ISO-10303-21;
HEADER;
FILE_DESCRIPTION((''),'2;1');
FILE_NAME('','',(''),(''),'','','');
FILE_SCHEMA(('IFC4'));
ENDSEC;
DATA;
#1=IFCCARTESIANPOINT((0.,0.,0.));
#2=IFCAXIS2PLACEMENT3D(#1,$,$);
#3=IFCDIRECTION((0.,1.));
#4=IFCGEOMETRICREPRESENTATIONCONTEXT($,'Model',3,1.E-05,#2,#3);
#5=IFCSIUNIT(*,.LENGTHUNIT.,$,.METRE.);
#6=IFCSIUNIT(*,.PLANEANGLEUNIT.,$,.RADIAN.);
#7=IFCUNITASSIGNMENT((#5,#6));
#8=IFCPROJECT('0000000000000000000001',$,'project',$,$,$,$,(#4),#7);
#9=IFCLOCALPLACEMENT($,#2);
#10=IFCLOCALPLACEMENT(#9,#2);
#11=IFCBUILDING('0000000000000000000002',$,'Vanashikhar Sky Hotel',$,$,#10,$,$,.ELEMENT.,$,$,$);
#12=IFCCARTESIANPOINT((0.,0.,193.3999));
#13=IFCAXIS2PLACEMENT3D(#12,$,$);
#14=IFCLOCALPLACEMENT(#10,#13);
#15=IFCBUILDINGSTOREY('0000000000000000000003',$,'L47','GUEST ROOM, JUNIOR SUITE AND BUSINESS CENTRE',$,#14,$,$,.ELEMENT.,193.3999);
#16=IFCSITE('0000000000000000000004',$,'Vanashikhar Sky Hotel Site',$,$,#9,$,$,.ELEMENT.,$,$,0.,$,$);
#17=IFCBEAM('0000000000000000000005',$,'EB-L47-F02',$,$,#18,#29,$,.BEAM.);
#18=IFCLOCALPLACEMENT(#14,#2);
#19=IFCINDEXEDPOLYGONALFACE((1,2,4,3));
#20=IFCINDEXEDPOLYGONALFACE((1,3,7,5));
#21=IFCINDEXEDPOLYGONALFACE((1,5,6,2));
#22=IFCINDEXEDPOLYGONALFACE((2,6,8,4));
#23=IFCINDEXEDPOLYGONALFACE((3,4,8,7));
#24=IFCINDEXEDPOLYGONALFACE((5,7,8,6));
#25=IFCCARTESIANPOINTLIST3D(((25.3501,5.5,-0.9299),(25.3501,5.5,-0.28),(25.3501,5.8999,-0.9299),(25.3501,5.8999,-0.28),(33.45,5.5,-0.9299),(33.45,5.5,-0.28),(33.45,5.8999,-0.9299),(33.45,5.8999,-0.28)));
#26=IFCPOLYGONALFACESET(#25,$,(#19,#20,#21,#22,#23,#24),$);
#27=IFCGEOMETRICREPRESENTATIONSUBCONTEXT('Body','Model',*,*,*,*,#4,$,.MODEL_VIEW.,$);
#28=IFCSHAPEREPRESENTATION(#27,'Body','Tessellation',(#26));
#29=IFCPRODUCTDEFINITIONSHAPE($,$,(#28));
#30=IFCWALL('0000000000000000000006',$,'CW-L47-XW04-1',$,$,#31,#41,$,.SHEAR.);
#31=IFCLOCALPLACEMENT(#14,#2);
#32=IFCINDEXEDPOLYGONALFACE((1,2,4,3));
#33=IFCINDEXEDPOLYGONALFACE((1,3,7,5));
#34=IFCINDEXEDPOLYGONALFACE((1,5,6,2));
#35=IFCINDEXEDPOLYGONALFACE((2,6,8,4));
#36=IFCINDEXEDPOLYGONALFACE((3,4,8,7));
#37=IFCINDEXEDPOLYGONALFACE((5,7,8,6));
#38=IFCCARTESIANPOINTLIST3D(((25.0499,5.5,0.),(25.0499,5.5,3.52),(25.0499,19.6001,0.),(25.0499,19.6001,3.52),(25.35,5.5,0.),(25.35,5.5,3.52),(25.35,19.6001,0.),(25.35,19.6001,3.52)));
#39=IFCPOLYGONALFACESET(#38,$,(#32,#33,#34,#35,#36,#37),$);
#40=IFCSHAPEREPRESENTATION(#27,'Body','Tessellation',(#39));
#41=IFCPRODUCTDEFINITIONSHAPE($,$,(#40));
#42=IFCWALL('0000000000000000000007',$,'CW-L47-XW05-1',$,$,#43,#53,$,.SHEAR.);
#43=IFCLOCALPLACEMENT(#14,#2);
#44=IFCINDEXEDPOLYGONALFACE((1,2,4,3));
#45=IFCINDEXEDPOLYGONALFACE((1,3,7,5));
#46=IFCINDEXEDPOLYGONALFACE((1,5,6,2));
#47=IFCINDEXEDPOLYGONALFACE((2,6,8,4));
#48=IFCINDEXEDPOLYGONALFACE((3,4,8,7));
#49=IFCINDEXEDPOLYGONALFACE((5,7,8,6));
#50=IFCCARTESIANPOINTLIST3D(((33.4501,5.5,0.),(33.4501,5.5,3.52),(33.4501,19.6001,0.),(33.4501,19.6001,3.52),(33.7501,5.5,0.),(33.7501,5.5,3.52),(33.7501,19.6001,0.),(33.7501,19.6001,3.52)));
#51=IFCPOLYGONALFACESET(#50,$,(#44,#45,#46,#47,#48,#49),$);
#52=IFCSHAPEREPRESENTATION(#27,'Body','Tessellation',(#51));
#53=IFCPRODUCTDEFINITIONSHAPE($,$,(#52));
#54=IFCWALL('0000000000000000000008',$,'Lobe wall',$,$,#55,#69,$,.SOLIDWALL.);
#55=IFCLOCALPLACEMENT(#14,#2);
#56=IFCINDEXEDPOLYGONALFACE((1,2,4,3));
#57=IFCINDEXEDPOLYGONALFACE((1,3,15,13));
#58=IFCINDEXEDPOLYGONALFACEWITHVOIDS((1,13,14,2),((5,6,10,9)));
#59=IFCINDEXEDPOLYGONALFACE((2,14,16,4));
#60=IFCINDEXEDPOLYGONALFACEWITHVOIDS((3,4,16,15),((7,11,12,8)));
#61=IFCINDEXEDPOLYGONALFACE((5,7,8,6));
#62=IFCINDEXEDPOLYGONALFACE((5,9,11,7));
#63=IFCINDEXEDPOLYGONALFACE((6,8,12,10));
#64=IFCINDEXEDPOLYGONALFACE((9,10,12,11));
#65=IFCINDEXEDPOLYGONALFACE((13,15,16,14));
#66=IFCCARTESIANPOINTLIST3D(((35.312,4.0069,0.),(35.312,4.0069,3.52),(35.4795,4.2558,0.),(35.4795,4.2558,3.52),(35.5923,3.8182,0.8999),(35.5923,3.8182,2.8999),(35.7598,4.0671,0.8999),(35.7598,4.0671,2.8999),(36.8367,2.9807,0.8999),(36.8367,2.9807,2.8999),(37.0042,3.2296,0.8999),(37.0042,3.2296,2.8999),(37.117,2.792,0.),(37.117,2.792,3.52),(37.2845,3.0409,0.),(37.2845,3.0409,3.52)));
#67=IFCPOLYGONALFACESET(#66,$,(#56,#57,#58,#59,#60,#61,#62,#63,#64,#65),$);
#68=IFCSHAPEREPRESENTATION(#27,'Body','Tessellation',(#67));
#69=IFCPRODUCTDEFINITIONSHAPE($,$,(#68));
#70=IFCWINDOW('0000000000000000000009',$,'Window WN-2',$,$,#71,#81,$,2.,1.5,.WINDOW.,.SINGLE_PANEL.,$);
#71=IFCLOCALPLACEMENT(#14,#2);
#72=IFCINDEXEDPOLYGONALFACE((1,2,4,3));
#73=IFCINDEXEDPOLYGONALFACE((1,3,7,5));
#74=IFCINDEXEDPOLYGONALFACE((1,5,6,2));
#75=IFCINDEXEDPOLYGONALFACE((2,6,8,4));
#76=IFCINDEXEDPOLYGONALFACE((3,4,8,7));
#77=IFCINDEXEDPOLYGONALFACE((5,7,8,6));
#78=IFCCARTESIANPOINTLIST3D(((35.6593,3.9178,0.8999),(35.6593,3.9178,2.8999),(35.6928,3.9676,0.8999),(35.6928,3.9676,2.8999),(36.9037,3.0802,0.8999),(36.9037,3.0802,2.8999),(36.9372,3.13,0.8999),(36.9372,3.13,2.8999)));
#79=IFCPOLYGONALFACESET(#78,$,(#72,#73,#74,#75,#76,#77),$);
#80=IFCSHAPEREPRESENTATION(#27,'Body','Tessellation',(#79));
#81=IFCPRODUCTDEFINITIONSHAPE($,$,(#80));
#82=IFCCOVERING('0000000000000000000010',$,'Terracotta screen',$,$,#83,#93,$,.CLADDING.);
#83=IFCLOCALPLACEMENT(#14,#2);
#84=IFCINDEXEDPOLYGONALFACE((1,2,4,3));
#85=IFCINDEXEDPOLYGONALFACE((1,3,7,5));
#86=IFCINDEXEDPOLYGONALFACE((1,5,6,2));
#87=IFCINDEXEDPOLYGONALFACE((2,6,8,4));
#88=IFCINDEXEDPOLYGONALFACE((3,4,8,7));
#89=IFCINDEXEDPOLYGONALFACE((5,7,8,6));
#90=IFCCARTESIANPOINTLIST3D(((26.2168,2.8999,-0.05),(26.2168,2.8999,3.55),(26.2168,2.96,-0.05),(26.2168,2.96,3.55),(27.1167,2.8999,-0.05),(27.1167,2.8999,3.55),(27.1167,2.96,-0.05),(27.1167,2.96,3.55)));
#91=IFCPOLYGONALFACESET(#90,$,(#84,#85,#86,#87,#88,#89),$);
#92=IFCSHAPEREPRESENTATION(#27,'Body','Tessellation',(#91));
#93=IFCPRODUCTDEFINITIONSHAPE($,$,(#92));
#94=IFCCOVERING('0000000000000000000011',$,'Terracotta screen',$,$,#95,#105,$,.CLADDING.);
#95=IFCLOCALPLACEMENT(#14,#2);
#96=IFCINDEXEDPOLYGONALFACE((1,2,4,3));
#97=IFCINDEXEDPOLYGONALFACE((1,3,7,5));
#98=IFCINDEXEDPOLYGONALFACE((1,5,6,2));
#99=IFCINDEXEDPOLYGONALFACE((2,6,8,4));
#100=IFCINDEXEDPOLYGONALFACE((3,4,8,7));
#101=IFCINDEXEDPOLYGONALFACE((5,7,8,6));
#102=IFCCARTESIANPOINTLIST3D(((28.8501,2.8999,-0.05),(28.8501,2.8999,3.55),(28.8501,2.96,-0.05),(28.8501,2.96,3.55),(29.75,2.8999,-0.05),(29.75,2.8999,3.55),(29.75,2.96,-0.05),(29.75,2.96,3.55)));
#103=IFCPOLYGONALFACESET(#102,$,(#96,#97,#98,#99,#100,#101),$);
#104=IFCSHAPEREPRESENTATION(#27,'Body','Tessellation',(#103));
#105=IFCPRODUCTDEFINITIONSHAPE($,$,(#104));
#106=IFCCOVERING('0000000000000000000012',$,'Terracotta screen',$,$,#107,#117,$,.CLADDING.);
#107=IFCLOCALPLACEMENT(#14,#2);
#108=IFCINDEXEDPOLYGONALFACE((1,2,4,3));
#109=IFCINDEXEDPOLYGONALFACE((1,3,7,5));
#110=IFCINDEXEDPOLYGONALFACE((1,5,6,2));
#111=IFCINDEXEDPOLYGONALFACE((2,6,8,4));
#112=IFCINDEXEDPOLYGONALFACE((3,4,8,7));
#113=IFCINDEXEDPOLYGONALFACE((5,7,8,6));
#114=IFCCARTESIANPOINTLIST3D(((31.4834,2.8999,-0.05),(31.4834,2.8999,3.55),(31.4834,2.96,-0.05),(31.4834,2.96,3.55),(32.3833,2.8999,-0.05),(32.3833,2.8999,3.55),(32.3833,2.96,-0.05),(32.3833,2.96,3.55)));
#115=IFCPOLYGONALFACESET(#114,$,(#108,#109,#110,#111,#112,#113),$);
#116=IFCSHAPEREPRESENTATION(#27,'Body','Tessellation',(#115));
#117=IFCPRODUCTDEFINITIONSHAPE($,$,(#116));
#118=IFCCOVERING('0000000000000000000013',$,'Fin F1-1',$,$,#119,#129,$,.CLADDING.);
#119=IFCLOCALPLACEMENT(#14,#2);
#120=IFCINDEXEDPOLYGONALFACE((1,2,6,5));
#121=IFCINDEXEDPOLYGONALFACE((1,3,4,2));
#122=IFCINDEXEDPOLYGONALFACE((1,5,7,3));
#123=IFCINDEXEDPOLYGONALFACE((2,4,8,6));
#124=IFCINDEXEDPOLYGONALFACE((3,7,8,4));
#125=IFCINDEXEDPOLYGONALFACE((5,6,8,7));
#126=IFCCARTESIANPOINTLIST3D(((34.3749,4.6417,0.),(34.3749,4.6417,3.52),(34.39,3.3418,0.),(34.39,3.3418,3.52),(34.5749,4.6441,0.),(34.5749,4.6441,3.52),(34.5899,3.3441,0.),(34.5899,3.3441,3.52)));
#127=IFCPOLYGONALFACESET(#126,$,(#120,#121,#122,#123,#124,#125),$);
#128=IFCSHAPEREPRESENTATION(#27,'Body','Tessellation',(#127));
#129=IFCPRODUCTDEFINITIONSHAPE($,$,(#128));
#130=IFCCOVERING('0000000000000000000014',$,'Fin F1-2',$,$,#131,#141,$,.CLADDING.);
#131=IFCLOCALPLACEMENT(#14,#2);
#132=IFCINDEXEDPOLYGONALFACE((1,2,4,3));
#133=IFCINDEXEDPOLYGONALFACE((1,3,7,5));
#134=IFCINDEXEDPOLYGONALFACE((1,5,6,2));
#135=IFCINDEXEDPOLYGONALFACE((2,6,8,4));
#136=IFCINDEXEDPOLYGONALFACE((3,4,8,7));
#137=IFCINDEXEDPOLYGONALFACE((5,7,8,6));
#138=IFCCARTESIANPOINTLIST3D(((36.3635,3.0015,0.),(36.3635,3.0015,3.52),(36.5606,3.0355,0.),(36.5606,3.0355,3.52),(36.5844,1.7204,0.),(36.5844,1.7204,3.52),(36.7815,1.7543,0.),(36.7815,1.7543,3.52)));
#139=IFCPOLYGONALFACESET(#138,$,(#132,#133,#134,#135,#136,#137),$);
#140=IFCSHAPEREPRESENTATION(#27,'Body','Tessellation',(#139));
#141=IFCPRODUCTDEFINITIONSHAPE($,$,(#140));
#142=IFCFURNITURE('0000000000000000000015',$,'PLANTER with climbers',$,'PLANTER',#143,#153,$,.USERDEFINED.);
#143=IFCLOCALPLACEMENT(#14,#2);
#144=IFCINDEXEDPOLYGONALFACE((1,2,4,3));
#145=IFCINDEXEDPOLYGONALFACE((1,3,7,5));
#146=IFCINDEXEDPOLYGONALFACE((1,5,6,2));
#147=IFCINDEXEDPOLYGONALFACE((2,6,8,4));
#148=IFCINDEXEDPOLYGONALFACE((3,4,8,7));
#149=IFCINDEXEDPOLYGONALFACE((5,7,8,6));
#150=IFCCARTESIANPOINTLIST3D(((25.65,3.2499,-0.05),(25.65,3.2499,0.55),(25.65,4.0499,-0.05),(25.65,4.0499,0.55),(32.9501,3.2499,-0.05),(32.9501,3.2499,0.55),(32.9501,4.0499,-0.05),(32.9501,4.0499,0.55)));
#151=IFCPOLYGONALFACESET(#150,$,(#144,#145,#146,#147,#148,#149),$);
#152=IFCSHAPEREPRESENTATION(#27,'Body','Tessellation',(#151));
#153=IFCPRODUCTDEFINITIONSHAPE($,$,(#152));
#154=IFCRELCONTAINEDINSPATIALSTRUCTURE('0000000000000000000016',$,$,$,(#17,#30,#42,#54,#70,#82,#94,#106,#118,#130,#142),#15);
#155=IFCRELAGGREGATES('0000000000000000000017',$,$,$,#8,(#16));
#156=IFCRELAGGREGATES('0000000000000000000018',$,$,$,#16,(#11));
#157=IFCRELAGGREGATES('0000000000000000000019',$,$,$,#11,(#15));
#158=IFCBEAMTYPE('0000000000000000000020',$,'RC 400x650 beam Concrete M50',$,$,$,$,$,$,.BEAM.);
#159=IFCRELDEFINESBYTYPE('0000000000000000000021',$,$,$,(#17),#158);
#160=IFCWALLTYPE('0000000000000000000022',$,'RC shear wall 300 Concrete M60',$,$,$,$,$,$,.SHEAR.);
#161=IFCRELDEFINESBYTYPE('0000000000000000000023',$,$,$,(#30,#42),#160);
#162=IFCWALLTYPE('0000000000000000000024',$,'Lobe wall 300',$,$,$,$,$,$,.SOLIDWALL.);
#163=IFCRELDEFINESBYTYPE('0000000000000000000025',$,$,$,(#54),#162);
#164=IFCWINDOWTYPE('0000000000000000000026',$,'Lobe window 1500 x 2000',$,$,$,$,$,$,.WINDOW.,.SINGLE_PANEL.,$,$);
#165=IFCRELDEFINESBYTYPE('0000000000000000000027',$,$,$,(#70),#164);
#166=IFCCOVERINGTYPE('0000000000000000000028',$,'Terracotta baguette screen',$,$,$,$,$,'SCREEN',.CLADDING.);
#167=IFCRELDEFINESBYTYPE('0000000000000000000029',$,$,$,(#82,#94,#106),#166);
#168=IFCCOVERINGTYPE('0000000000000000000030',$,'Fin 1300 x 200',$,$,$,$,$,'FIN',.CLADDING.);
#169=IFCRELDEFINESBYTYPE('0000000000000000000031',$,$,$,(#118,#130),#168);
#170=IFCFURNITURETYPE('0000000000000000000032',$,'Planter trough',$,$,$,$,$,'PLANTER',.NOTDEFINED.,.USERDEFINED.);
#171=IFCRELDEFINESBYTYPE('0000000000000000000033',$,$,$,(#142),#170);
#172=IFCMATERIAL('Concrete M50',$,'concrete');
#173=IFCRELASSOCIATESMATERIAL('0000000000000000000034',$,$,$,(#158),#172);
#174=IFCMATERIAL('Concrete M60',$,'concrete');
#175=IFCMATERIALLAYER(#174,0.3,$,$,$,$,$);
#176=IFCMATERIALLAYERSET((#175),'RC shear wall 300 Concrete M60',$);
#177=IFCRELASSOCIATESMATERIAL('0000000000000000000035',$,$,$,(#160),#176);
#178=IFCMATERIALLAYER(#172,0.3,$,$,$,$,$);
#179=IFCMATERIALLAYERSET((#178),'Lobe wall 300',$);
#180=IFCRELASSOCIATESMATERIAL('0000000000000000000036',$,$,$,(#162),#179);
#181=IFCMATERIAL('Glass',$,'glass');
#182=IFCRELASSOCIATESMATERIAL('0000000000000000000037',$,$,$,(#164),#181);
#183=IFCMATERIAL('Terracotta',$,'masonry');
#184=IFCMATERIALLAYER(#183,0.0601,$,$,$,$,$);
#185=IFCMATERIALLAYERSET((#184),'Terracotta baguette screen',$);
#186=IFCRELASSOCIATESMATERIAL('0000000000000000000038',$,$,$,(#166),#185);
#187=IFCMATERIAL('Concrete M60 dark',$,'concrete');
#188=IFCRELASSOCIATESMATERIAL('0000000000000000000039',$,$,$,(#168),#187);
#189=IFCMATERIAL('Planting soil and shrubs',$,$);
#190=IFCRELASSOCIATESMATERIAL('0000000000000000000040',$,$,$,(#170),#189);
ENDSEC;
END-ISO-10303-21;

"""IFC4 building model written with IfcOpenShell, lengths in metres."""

from ifc_helpers import new_model, si_unit, direction, frame, frame_2d, origin, origin_2d, place, context, subcontext, project, spatial, rectangle, extrude, source, transform, mapped, material, layer, layer_set, material_profile, profile_set, type_object, element, fill, save


model = new_model("IFC4")

# Units and contexts
model_context = context("Model", 3, precision=1e-05, world=origin(), true_north=direction((0.0, 1.0)))
body_context = subcontext(model_context, "Body", "Model", "MODEL_VIEW")
ifc_project = project(units=[si_unit("LENGTHUNIT", "METRE"), si_unit("PLANEANGLEUNIT", "RADIAN")], contexts=[model_context])

# Site, building, storey
site_placement = place(None, origin())
site = spatial("IfcSite", under=ifc_project, at=site_placement, Name="Vanashikhar Sky Hotel Site", CompositionType="ELEMENT", RefElevation=0.0)
building_placement = place(site_placement, origin())
building = spatial("IfcBuilding", under=site, at=building_placement, Name="Vanashikhar Sky Hotel", CompositionType="ELEMENT")
storey_placement = place(building_placement, frame((0.0, 0.0, 193.3999)))
storey = spatial("IfcBuildingStorey", under=building, at=storey_placement, Name="L47", Description="GUEST ROOM, JUNIOR SUITE AND BUSINESS CENTRE", CompositionType="ELEMENT", Elevation=193.3999)

# Beam
ifc_material_1 = material(Name="Concrete M50", Category="concrete")
ifc_material_profile_1 = material_profile(ifc_material_1, rectangle(XDim=0.3999, YDim=0.6499, at=origin_2d()))
ifc_profile_set_1 = profile_set([ifc_material_profile_1], Name="RC 400x650 beam Concrete M50")
beam_type = type_object("IfcBeamType", Name="RC 400x650 beam Concrete M50", PredefinedType="BEAM", material=ifc_profile_set_1)
shared_shape_1 = source(origin(), body_context, "Body", "SweptSolid", [
    extrude(rectangle(XDim=0.3999, YDim=0.6499, at=origin_2d()), origin(), (0.0, 0.0, 1.0), 8.0999),
])
beam_placement = place(storey_placement, frame((25.3501, 5.7, -0.605), z_axis=(1.0, 0.0, 0.0), x_axis=(0.0, 1.0, 0.0)))
element("IfcBeam", 1, at=beam_placement, inside=storey, type_object=beam_type, Name="EB-L47-F02", PredefinedType="BEAM", context=body_context, shape_type="MappedRepresentation", body=[
    mapped(shared_shape_1, transform((0.0, 0.0, 0.0), scale=1.0)),
])

# Walls
ifc_material_2 = material(Name="Concrete M60", Category="concrete")
ifc_layer_1 = layer(ifc_material_2, 0.3)
ifc_layer_set_1 = layer_set([ifc_layer_1], Name="RC shear wall 300 Concrete M60")
wall_type_1 = type_object("IfcWallType", Name="RC shear wall 300 Concrete M60", PredefinedType="SHEAR", material=ifc_layer_set_1)
shared_shape_2 = source(origin(), body_context, "Body", "SweptSolid", [
    extrude(rectangle(XDim=14.1001, YDim=0.3, at=frame_2d((7.05, 0.0))), origin(), (0.0, 0.0, 1.0), 3.52),
])
for number, where, z_axis, x_axis, name in (
    (2, (25.2, 5.5, 0.0), (0.0, 0.0, 1.0), (0.0, 1.0, 0.0), "CW-L47-XW04-1"),
    (3, (33.6001, 5.5, 0.0), (0.0, 0.0, 1.0), (0.0, 1.0, 0.0), "CW-L47-XW05-1"),
):
    element("IfcWall", number, at=place(storey_placement, frame(where, z_axis=z_axis, x_axis=x_axis)), inside=storey, type_object=wall_type_1, Name=name, PredefinedType="SHEAR", context=body_context, shape_type="MappedRepresentation", body=[
        mapped(shared_shape_2, transform((0.0, 0.0, 0.0), scale=1.0)),
    ])

# Wall, opening, window
ifc_layer_2 = layer(ifc_material_1, 0.3)
ifc_layer_set_2 = layer_set([ifc_layer_2], Name="Lobe wall 300")
wall_type_2 = type_object("IfcWallType", Name="Lobe wall 300", PredefinedType="SOLIDWALL", material=ifc_layer_set_2)
shared_shape_3 = source(origin(), body_context, "Body", "SweptSolid", [
    extrude(rectangle(XDim=2.1758, YDim=0.3, at=frame_2d((1.0879, 0.0))), origin(), (0.0, 0.0, 1.0), 3.52),
])
wall_placement = place(storey_placement, frame((35.3958, 4.1313, 0.0), z_axis=(0.0, 0.0, 1.0), x_axis=(0.829591, -0.558372, 0.0)))
wall = element("IfcWall", 4, at=wall_placement, inside=storey, type_object=wall_type_2, Name="Lobe wall", PredefinedType="SOLIDWALL", context=body_context, shape_type="MappedRepresentation", body=[
    mapped(shared_shape_3, transform((0.0, 0.0, 0.0), scale=1.0)),
])
shared_shape_4 = source(origin(), body_context, "Body", "SweptSolid", [
    extrude(rectangle(XDim=1.5, YDim=2.0, at=frame_2d((0.75, 1.0))), frame((0.0, 0.1602, 0.0), z_axis=(0.0, -1.0, 0.0), x_axis=(1.0, 0.0, 0.0)), (0.0, 0.0, 1.0), 0.3201),
])
opening_placement = place(wall_placement, frame((0.3379, 0.0, 0.8999)))
opening = element("IfcOpeningElement", 5, at=opening_placement, cuts=wall, PredefinedType="OPENING", context=body_context, shape_type="MappedRepresentation", body=[
    mapped(shared_shape_4, transform((0.0, 0.0, 0.0), scale=1.0)),
])
ifc_material_3 = material(Name="Glass", Category="glass")
window_type = type_object("IfcWindowType", Name="Lobe window 1500 x 2000", PartitioningType="SINGLE_PANEL", PredefinedType="WINDOW", material=ifc_material_3)
shared_shape_5 = source(origin(), body_context, "Body", "SweptSolid", [
    extrude(rectangle(XDim=1.5, YDim=2.0, at=frame_2d((0.75, 1.0))), frame((0.0, 0.03, 0.0), z_axis=(0.0, -1.0, 0.0), x_axis=(1.0, 0.0, 0.0)), (0.0, 0.0, 1.0), 0.0601),
])
window_placement = place(opening_placement, origin())
window = element("IfcWindow", 6, at=window_placement, inside=storey, type_object=window_type, Name="Window WN-2", OverallHeight=2.0, OverallWidth=1.5, PartitioningType="SINGLE_PANEL", PredefinedType="WINDOW", context=body_context, shape_type="MappedRepresentation", body=[
    mapped(shared_shape_5, transform((0.0, 0.0, 0.0), scale=1.0)),
])
fill(opening, window)

# Coverings
ifc_material_4 = material(Name="Terracotta", Category="masonry")
ifc_layer_3 = layer(ifc_material_4, 0.0601)
ifc_layer_set_3 = layer_set([ifc_layer_3], Name="Terracotta baguette screen")
covering_type_1 = type_object("IfcCoveringType", Name="Terracotta baguette screen", ElementType="SCREEN", PredefinedType="CLADDING", material=ifc_layer_set_3)
shared_shape_6 = source(origin(), body_context, "Body", "SweptSolid", [
    extrude(rectangle(XDim=0.8999, YDim=0.0601, at=origin_2d()), origin(), (0.0, 0.0, 1.0), 3.6001),
])
for number, where, z_axis, x_axis, name in (
    (7, (26.6667, 2.9299, -0.05), (0.0, 0.0, 1.0), (1.0, 0.0, 0.0), "Terracotta screen"),
    (8, (29.3, 2.9299, -0.05), (0.0, 0.0, 1.0), (1.0, 0.0, 0.0), "Terracotta screen"),
    (9, (31.9333, 2.9299, -0.05), (0.0, 0.0, 1.0), (1.0, 0.0, 0.0), "Terracotta screen"),
):
    element("IfcCovering", number, at=place(storey_placement, frame(where, z_axis=z_axis, x_axis=x_axis)), inside=storey, type_object=covering_type_1, Name=name, PredefinedType="CLADDING", context=body_context, shape_type="MappedRepresentation", body=[
        mapped(shared_shape_6, transform((0.0, 0.0, 0.0), scale=1.0)),
    ])
ifc_material_5 = material(Name="Concrete M60 dark", Category="concrete")
ifc_material_profile_2 = material_profile(ifc_material_5, rectangle(XDim=1.3, YDim=0.2, at=origin_2d()))
ifc_profile_set_2 = profile_set([ifc_material_profile_2], Name="Fin 1300 x 200")
covering_type_2 = type_object("IfcCoveringType", Name="Fin 1300 x 200", ElementType="FIN", PredefinedType="CLADDING", material=ifc_profile_set_2)
shared_shape_7 = source(origin(), body_context, "Body", "SweptSolid", [
    extrude(rectangle(XDim=1.3, YDim=0.2, at=origin_2d()), origin(), (0.0, 0.0, 1.0), 3.52),
])
for number, where, z_axis, x_axis, name in (
    (10, (34.4824, 3.9929, 0.0), (0.0, 0.0, 1.0), (0.011589, -0.999933, 0.0), "Fin F1-1"),
    (11, (36.5725, 2.3779, 0.0), (0.0, 0.0, 1.0), (0.1699, -0.985461, 0.0), "Fin F1-2"),
):
    element("IfcCovering", number, at=place(storey_placement, frame(where, z_axis=z_axis, x_axis=x_axis)), inside=storey, type_object=covering_type_2, Name=name, PredefinedType="CLADDING", context=body_context, shape_type="MappedRepresentation", body=[
        mapped(shared_shape_7, transform((0.0, 0.0, 0.0), scale=1.0)),
    ])

# Furniture
ifc_material_6 = material(Name="Planting soil and shrubs")
furniture_type = type_object("IfcFurnitureType", Name="Planter trough", ElementType="PLANTER", AssemblyPlace="NOTDEFINED", PredefinedType="USERDEFINED", material=ifc_material_6)
shared_shape_8 = source(origin(), body_context, "Body", "SweptSolid", [
    extrude(rectangle(XDim=7.3, YDim=0.8, at=origin_2d()), origin(), (0.0, 0.0, 1.0), 0.6001),
])
furniture_placement = place(storey_placement, frame((29.3, 3.6499, -0.05), z_axis=(0.0, 0.0, 1.0), x_axis=(1.0, 0.0, 0.0)))
element("IfcFurniture", 12, at=furniture_placement, inside=storey, type_object=furniture_type, Name="PLANTER with climbers", ObjectType="PLANTER", PredefinedType="USERDEFINED", context=body_context, shape_type="MappedRepresentation", body=[
    mapped(shared_shape_8, transform((0.0, 0.0, 0.0), scale=1.0)),
])

save(model, "model.ifc")
